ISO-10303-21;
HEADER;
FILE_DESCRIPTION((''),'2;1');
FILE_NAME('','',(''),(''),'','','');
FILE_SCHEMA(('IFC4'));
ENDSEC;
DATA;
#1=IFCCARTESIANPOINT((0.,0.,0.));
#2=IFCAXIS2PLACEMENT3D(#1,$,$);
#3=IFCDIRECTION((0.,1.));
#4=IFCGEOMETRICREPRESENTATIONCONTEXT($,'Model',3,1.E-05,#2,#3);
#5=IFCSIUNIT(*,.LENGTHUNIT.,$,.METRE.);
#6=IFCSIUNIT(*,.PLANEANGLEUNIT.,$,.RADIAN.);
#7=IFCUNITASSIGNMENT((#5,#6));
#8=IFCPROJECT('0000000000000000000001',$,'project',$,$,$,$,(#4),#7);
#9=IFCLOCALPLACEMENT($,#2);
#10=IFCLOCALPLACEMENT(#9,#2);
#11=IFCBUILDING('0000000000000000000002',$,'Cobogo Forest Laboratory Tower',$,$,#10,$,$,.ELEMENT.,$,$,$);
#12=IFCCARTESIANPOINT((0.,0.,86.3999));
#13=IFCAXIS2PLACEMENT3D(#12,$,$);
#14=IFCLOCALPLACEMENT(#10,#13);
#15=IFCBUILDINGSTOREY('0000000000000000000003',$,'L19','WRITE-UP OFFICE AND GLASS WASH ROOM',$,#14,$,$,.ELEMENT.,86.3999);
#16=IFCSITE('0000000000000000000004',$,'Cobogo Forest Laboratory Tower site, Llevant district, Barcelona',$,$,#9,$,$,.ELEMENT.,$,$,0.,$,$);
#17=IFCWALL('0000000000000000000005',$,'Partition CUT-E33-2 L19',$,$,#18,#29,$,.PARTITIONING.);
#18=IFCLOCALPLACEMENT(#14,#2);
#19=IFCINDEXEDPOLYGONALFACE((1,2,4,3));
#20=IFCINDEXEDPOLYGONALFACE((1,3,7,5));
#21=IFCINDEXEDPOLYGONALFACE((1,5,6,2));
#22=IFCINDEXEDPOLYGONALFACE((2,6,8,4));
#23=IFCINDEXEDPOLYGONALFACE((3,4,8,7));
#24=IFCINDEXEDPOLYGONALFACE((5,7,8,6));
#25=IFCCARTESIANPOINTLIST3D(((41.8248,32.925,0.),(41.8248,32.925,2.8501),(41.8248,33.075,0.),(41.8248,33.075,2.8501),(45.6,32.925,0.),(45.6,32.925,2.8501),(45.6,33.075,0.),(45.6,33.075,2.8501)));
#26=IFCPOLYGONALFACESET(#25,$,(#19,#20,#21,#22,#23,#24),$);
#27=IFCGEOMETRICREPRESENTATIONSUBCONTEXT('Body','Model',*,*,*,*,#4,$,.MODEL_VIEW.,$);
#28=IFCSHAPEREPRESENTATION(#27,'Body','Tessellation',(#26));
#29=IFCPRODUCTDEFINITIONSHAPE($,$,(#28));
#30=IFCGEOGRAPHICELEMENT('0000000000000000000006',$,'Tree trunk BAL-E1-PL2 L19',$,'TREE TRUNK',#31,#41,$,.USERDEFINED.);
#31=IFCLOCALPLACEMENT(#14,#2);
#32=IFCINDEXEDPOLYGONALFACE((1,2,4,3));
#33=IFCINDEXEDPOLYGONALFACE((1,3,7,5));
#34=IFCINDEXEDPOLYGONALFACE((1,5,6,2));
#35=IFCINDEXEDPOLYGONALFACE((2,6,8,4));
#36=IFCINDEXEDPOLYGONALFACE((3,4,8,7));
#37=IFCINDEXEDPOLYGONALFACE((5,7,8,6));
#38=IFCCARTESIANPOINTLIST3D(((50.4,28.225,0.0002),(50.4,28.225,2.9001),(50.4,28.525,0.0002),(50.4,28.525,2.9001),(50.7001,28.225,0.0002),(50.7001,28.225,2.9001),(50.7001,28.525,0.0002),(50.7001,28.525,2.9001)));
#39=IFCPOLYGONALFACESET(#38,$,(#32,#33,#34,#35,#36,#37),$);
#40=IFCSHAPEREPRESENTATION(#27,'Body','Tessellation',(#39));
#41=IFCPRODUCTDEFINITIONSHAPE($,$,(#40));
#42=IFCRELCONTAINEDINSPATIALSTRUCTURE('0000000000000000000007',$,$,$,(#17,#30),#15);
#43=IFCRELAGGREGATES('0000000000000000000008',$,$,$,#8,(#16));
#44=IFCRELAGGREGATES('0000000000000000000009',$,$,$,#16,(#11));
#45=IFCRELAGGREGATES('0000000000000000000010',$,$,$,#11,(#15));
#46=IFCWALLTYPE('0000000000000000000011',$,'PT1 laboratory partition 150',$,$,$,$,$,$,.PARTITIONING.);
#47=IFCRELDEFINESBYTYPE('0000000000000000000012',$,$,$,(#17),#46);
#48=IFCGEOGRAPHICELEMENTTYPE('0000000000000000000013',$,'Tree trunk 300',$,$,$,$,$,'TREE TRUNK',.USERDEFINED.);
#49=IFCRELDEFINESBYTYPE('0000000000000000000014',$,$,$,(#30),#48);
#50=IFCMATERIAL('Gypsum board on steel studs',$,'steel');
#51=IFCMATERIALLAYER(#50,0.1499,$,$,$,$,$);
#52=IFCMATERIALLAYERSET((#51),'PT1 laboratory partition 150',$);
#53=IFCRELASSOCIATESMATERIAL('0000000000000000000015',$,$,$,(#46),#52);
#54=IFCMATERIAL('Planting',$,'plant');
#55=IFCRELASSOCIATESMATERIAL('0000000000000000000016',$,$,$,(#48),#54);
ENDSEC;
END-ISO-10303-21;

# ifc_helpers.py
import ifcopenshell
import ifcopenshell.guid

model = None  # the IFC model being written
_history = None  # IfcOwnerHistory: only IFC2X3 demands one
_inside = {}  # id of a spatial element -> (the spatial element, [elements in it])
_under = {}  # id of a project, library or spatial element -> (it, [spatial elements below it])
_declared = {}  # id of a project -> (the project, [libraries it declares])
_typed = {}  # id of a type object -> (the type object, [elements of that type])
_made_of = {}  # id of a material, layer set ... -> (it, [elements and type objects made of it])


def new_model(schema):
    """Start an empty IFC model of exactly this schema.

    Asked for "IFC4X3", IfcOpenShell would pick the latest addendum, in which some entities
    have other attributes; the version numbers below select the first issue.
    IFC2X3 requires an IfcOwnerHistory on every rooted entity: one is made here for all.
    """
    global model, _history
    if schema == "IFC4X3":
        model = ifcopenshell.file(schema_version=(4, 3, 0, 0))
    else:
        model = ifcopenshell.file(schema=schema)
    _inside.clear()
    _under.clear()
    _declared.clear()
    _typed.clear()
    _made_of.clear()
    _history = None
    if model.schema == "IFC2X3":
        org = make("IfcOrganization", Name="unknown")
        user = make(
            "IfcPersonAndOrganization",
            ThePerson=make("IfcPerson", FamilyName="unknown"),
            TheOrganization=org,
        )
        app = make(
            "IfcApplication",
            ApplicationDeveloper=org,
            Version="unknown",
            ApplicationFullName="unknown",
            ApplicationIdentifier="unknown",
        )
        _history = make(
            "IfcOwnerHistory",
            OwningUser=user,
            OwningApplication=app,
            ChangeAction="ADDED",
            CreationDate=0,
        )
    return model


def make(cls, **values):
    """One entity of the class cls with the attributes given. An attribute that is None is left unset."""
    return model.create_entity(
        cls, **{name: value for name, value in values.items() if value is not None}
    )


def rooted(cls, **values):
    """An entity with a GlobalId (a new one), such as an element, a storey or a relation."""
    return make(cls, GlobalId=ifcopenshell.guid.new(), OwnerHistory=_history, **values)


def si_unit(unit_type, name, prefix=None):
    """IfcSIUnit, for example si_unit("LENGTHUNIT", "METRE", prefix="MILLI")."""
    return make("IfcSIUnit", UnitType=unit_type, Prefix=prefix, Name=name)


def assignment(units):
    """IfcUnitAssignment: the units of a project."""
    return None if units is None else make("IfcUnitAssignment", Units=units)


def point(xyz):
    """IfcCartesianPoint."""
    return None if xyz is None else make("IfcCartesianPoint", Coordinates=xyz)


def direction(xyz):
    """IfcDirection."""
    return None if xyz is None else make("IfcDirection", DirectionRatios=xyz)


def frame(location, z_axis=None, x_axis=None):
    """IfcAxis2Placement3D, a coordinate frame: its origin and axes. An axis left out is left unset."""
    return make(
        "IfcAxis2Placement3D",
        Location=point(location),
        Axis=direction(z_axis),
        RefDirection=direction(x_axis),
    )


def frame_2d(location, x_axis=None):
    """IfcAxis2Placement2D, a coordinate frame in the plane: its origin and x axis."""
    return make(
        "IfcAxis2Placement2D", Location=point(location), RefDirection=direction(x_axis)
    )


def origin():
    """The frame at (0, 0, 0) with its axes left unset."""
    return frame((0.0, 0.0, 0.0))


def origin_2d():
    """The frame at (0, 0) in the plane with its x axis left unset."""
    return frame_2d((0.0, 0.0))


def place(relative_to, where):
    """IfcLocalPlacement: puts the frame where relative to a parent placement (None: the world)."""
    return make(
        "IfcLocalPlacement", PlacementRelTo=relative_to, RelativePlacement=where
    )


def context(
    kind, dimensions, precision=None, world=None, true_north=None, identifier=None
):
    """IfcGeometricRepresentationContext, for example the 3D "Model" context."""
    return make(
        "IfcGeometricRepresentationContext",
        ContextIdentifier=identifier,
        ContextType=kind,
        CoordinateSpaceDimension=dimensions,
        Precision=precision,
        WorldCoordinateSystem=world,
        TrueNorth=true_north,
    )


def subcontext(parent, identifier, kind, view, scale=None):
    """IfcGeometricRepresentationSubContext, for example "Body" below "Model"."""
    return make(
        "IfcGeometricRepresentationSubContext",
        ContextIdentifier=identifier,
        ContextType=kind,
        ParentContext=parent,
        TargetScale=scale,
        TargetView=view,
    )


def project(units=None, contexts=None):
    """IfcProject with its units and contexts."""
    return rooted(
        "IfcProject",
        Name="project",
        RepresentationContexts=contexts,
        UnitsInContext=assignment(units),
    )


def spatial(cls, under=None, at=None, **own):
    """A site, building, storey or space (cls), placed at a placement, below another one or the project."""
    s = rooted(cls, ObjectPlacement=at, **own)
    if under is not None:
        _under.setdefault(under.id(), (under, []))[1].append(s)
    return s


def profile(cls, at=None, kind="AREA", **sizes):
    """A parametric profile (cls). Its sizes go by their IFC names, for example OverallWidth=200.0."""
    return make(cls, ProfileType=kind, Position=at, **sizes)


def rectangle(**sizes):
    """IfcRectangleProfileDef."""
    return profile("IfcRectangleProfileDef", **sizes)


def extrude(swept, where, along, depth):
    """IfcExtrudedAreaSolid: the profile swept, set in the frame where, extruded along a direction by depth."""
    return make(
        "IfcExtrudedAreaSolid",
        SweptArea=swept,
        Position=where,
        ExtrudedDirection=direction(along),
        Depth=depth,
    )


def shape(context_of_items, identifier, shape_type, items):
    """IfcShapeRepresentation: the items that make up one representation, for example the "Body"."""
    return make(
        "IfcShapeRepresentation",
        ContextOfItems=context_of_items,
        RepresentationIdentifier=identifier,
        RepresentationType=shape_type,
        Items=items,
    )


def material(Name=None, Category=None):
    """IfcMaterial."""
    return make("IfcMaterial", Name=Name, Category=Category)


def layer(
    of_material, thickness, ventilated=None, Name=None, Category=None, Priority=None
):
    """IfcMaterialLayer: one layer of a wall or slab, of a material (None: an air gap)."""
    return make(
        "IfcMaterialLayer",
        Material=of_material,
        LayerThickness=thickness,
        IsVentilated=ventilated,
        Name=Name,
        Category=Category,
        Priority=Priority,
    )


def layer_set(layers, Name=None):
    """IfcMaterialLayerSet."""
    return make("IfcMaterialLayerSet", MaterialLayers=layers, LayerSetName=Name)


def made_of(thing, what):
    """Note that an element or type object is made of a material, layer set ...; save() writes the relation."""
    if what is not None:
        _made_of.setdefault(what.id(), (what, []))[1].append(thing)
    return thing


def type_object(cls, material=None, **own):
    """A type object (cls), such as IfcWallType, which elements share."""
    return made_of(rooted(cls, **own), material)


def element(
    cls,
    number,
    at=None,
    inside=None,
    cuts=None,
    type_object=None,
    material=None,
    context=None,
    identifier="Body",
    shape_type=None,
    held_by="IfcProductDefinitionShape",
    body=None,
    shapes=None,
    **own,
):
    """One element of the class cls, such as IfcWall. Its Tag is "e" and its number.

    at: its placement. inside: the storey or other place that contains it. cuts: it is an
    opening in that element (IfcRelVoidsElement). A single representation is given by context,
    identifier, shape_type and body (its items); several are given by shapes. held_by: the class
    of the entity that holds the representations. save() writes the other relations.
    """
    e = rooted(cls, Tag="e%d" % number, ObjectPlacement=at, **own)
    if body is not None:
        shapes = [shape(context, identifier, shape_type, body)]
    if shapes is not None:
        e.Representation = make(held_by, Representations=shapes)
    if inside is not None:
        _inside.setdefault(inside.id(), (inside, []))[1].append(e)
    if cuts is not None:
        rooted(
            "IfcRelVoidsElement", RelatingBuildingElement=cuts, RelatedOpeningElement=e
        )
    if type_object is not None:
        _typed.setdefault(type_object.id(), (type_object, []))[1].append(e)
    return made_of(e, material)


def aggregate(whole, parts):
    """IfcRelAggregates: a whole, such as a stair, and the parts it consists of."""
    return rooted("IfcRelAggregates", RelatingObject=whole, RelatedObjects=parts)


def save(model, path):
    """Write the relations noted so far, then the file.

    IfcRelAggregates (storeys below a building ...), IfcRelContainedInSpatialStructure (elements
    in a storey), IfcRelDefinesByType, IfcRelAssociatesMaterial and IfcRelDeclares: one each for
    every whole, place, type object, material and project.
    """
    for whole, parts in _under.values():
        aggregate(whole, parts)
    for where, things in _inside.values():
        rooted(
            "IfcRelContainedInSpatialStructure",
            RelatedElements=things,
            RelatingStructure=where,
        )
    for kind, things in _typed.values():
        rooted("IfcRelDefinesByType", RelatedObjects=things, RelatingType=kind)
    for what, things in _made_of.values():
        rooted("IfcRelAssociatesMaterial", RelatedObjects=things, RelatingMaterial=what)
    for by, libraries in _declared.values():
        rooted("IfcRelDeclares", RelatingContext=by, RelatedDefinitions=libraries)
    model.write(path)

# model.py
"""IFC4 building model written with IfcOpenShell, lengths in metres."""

from ifc_helpers import new_model, si_unit, direction, frame, frame_2d, origin, origin_2d, place, context, subcontext, project, spatial, rectangle, extrude, material, layer, layer_set, type_object, element, save


model = new_model("IFC4")

# Units and contexts
model_context = context("Model", 3, precision=1e-05, world=origin(), true_north=direction((0.0, 1.0)))
body_context = subcontext(model_context, "Body", "Model", "MODEL_VIEW")
ifc_project = project(units=[si_unit("LENGTHUNIT", "METRE"), si_unit("PLANEANGLEUNIT", "RADIAN")], contexts=[model_context])

# Site, building, storey
site_placement = place(None, origin())
site = spatial("IfcSite", under=ifc_project, at=site_placement, Name="Cobogo Forest Laboratory Tower site, Llevant district, Barcelona", CompositionType="ELEMENT", RefElevation=0.0)
building_placement = place(site_placement, origin())
building = spatial("IfcBuilding", under=site, at=building_placement, Name="Cobogo Forest Laboratory Tower", CompositionType="ELEMENT")
storey_placement = place(building_placement, frame((0.0, 0.0, 86.3999)))
storey = spatial("IfcBuildingStorey", under=building, at=storey_placement, Name="L19", Description="WRITE-UP OFFICE AND GLASS WASH ROOM", CompositionType="ELEMENT", Elevation=86.3999)

# Wall
ifc_material_1 = material(Name="Gypsum board on steel studs", Category="steel")
ifc_layer_1 = layer(ifc_material_1, 0.1499)
ifc_layer_set_1 = layer_set([ifc_layer_1], Name="PT1 laboratory partition 150")
wall_type = type_object("IfcWallType", Name="PT1 laboratory partition 150", PredefinedType="PARTITIONING", material=ifc_layer_set_1)
wall_1_placement = place(storey_placement, frame((45.6001, 33.0, 0.0), z_axis=(0.0, 0.0, 1.0), x_axis=(-1.0, 0.0, 0.0)))
element("IfcWall", 1, at=wall_1_placement, inside=storey, type_object=wall_type, Name="Partition CUT-E33-2 L19", PredefinedType="PARTITIONING", context=body_context, shape_type="SweptSolid", body=[
    extrude(rectangle(XDim=3.7751, YDim=0.1499, at=frame_2d((1.8877, 0.0))), origin(), (0.0, 0.0, 1.0), 2.8501),
])

# Geographic element
ifc_material_2 = material(Name="Planting", Category="plant")
geographic_element_type = type_object("IfcGeographicElementType", Name="Tree trunk 300", ElementType="TREE TRUNK", PredefinedType="USERDEFINED", material=ifc_material_2)
geographic_element_placement = place(storey_placement, frame((50.55, 28.375, 0.0002), z_axis=(0.0, 0.0, 1.0), x_axis=(1.0, 0.0, 0.0)))
element("IfcGeographicElement", 2, at=geographic_element_placement, inside=storey, type_object=geographic_element_type, Name="Tree trunk BAL-E1-PL2 L19", ObjectType="TREE TRUNK", PredefinedType="USERDEFINED", context=body_context, shape_type="SweptSolid", body=[
    extrude(rectangle(XDim=0.3, YDim=0.3, at=origin_2d()), origin(), (0.0, 0.0, 1.0), 2.8999),
])

save(model, "model.ifc")
